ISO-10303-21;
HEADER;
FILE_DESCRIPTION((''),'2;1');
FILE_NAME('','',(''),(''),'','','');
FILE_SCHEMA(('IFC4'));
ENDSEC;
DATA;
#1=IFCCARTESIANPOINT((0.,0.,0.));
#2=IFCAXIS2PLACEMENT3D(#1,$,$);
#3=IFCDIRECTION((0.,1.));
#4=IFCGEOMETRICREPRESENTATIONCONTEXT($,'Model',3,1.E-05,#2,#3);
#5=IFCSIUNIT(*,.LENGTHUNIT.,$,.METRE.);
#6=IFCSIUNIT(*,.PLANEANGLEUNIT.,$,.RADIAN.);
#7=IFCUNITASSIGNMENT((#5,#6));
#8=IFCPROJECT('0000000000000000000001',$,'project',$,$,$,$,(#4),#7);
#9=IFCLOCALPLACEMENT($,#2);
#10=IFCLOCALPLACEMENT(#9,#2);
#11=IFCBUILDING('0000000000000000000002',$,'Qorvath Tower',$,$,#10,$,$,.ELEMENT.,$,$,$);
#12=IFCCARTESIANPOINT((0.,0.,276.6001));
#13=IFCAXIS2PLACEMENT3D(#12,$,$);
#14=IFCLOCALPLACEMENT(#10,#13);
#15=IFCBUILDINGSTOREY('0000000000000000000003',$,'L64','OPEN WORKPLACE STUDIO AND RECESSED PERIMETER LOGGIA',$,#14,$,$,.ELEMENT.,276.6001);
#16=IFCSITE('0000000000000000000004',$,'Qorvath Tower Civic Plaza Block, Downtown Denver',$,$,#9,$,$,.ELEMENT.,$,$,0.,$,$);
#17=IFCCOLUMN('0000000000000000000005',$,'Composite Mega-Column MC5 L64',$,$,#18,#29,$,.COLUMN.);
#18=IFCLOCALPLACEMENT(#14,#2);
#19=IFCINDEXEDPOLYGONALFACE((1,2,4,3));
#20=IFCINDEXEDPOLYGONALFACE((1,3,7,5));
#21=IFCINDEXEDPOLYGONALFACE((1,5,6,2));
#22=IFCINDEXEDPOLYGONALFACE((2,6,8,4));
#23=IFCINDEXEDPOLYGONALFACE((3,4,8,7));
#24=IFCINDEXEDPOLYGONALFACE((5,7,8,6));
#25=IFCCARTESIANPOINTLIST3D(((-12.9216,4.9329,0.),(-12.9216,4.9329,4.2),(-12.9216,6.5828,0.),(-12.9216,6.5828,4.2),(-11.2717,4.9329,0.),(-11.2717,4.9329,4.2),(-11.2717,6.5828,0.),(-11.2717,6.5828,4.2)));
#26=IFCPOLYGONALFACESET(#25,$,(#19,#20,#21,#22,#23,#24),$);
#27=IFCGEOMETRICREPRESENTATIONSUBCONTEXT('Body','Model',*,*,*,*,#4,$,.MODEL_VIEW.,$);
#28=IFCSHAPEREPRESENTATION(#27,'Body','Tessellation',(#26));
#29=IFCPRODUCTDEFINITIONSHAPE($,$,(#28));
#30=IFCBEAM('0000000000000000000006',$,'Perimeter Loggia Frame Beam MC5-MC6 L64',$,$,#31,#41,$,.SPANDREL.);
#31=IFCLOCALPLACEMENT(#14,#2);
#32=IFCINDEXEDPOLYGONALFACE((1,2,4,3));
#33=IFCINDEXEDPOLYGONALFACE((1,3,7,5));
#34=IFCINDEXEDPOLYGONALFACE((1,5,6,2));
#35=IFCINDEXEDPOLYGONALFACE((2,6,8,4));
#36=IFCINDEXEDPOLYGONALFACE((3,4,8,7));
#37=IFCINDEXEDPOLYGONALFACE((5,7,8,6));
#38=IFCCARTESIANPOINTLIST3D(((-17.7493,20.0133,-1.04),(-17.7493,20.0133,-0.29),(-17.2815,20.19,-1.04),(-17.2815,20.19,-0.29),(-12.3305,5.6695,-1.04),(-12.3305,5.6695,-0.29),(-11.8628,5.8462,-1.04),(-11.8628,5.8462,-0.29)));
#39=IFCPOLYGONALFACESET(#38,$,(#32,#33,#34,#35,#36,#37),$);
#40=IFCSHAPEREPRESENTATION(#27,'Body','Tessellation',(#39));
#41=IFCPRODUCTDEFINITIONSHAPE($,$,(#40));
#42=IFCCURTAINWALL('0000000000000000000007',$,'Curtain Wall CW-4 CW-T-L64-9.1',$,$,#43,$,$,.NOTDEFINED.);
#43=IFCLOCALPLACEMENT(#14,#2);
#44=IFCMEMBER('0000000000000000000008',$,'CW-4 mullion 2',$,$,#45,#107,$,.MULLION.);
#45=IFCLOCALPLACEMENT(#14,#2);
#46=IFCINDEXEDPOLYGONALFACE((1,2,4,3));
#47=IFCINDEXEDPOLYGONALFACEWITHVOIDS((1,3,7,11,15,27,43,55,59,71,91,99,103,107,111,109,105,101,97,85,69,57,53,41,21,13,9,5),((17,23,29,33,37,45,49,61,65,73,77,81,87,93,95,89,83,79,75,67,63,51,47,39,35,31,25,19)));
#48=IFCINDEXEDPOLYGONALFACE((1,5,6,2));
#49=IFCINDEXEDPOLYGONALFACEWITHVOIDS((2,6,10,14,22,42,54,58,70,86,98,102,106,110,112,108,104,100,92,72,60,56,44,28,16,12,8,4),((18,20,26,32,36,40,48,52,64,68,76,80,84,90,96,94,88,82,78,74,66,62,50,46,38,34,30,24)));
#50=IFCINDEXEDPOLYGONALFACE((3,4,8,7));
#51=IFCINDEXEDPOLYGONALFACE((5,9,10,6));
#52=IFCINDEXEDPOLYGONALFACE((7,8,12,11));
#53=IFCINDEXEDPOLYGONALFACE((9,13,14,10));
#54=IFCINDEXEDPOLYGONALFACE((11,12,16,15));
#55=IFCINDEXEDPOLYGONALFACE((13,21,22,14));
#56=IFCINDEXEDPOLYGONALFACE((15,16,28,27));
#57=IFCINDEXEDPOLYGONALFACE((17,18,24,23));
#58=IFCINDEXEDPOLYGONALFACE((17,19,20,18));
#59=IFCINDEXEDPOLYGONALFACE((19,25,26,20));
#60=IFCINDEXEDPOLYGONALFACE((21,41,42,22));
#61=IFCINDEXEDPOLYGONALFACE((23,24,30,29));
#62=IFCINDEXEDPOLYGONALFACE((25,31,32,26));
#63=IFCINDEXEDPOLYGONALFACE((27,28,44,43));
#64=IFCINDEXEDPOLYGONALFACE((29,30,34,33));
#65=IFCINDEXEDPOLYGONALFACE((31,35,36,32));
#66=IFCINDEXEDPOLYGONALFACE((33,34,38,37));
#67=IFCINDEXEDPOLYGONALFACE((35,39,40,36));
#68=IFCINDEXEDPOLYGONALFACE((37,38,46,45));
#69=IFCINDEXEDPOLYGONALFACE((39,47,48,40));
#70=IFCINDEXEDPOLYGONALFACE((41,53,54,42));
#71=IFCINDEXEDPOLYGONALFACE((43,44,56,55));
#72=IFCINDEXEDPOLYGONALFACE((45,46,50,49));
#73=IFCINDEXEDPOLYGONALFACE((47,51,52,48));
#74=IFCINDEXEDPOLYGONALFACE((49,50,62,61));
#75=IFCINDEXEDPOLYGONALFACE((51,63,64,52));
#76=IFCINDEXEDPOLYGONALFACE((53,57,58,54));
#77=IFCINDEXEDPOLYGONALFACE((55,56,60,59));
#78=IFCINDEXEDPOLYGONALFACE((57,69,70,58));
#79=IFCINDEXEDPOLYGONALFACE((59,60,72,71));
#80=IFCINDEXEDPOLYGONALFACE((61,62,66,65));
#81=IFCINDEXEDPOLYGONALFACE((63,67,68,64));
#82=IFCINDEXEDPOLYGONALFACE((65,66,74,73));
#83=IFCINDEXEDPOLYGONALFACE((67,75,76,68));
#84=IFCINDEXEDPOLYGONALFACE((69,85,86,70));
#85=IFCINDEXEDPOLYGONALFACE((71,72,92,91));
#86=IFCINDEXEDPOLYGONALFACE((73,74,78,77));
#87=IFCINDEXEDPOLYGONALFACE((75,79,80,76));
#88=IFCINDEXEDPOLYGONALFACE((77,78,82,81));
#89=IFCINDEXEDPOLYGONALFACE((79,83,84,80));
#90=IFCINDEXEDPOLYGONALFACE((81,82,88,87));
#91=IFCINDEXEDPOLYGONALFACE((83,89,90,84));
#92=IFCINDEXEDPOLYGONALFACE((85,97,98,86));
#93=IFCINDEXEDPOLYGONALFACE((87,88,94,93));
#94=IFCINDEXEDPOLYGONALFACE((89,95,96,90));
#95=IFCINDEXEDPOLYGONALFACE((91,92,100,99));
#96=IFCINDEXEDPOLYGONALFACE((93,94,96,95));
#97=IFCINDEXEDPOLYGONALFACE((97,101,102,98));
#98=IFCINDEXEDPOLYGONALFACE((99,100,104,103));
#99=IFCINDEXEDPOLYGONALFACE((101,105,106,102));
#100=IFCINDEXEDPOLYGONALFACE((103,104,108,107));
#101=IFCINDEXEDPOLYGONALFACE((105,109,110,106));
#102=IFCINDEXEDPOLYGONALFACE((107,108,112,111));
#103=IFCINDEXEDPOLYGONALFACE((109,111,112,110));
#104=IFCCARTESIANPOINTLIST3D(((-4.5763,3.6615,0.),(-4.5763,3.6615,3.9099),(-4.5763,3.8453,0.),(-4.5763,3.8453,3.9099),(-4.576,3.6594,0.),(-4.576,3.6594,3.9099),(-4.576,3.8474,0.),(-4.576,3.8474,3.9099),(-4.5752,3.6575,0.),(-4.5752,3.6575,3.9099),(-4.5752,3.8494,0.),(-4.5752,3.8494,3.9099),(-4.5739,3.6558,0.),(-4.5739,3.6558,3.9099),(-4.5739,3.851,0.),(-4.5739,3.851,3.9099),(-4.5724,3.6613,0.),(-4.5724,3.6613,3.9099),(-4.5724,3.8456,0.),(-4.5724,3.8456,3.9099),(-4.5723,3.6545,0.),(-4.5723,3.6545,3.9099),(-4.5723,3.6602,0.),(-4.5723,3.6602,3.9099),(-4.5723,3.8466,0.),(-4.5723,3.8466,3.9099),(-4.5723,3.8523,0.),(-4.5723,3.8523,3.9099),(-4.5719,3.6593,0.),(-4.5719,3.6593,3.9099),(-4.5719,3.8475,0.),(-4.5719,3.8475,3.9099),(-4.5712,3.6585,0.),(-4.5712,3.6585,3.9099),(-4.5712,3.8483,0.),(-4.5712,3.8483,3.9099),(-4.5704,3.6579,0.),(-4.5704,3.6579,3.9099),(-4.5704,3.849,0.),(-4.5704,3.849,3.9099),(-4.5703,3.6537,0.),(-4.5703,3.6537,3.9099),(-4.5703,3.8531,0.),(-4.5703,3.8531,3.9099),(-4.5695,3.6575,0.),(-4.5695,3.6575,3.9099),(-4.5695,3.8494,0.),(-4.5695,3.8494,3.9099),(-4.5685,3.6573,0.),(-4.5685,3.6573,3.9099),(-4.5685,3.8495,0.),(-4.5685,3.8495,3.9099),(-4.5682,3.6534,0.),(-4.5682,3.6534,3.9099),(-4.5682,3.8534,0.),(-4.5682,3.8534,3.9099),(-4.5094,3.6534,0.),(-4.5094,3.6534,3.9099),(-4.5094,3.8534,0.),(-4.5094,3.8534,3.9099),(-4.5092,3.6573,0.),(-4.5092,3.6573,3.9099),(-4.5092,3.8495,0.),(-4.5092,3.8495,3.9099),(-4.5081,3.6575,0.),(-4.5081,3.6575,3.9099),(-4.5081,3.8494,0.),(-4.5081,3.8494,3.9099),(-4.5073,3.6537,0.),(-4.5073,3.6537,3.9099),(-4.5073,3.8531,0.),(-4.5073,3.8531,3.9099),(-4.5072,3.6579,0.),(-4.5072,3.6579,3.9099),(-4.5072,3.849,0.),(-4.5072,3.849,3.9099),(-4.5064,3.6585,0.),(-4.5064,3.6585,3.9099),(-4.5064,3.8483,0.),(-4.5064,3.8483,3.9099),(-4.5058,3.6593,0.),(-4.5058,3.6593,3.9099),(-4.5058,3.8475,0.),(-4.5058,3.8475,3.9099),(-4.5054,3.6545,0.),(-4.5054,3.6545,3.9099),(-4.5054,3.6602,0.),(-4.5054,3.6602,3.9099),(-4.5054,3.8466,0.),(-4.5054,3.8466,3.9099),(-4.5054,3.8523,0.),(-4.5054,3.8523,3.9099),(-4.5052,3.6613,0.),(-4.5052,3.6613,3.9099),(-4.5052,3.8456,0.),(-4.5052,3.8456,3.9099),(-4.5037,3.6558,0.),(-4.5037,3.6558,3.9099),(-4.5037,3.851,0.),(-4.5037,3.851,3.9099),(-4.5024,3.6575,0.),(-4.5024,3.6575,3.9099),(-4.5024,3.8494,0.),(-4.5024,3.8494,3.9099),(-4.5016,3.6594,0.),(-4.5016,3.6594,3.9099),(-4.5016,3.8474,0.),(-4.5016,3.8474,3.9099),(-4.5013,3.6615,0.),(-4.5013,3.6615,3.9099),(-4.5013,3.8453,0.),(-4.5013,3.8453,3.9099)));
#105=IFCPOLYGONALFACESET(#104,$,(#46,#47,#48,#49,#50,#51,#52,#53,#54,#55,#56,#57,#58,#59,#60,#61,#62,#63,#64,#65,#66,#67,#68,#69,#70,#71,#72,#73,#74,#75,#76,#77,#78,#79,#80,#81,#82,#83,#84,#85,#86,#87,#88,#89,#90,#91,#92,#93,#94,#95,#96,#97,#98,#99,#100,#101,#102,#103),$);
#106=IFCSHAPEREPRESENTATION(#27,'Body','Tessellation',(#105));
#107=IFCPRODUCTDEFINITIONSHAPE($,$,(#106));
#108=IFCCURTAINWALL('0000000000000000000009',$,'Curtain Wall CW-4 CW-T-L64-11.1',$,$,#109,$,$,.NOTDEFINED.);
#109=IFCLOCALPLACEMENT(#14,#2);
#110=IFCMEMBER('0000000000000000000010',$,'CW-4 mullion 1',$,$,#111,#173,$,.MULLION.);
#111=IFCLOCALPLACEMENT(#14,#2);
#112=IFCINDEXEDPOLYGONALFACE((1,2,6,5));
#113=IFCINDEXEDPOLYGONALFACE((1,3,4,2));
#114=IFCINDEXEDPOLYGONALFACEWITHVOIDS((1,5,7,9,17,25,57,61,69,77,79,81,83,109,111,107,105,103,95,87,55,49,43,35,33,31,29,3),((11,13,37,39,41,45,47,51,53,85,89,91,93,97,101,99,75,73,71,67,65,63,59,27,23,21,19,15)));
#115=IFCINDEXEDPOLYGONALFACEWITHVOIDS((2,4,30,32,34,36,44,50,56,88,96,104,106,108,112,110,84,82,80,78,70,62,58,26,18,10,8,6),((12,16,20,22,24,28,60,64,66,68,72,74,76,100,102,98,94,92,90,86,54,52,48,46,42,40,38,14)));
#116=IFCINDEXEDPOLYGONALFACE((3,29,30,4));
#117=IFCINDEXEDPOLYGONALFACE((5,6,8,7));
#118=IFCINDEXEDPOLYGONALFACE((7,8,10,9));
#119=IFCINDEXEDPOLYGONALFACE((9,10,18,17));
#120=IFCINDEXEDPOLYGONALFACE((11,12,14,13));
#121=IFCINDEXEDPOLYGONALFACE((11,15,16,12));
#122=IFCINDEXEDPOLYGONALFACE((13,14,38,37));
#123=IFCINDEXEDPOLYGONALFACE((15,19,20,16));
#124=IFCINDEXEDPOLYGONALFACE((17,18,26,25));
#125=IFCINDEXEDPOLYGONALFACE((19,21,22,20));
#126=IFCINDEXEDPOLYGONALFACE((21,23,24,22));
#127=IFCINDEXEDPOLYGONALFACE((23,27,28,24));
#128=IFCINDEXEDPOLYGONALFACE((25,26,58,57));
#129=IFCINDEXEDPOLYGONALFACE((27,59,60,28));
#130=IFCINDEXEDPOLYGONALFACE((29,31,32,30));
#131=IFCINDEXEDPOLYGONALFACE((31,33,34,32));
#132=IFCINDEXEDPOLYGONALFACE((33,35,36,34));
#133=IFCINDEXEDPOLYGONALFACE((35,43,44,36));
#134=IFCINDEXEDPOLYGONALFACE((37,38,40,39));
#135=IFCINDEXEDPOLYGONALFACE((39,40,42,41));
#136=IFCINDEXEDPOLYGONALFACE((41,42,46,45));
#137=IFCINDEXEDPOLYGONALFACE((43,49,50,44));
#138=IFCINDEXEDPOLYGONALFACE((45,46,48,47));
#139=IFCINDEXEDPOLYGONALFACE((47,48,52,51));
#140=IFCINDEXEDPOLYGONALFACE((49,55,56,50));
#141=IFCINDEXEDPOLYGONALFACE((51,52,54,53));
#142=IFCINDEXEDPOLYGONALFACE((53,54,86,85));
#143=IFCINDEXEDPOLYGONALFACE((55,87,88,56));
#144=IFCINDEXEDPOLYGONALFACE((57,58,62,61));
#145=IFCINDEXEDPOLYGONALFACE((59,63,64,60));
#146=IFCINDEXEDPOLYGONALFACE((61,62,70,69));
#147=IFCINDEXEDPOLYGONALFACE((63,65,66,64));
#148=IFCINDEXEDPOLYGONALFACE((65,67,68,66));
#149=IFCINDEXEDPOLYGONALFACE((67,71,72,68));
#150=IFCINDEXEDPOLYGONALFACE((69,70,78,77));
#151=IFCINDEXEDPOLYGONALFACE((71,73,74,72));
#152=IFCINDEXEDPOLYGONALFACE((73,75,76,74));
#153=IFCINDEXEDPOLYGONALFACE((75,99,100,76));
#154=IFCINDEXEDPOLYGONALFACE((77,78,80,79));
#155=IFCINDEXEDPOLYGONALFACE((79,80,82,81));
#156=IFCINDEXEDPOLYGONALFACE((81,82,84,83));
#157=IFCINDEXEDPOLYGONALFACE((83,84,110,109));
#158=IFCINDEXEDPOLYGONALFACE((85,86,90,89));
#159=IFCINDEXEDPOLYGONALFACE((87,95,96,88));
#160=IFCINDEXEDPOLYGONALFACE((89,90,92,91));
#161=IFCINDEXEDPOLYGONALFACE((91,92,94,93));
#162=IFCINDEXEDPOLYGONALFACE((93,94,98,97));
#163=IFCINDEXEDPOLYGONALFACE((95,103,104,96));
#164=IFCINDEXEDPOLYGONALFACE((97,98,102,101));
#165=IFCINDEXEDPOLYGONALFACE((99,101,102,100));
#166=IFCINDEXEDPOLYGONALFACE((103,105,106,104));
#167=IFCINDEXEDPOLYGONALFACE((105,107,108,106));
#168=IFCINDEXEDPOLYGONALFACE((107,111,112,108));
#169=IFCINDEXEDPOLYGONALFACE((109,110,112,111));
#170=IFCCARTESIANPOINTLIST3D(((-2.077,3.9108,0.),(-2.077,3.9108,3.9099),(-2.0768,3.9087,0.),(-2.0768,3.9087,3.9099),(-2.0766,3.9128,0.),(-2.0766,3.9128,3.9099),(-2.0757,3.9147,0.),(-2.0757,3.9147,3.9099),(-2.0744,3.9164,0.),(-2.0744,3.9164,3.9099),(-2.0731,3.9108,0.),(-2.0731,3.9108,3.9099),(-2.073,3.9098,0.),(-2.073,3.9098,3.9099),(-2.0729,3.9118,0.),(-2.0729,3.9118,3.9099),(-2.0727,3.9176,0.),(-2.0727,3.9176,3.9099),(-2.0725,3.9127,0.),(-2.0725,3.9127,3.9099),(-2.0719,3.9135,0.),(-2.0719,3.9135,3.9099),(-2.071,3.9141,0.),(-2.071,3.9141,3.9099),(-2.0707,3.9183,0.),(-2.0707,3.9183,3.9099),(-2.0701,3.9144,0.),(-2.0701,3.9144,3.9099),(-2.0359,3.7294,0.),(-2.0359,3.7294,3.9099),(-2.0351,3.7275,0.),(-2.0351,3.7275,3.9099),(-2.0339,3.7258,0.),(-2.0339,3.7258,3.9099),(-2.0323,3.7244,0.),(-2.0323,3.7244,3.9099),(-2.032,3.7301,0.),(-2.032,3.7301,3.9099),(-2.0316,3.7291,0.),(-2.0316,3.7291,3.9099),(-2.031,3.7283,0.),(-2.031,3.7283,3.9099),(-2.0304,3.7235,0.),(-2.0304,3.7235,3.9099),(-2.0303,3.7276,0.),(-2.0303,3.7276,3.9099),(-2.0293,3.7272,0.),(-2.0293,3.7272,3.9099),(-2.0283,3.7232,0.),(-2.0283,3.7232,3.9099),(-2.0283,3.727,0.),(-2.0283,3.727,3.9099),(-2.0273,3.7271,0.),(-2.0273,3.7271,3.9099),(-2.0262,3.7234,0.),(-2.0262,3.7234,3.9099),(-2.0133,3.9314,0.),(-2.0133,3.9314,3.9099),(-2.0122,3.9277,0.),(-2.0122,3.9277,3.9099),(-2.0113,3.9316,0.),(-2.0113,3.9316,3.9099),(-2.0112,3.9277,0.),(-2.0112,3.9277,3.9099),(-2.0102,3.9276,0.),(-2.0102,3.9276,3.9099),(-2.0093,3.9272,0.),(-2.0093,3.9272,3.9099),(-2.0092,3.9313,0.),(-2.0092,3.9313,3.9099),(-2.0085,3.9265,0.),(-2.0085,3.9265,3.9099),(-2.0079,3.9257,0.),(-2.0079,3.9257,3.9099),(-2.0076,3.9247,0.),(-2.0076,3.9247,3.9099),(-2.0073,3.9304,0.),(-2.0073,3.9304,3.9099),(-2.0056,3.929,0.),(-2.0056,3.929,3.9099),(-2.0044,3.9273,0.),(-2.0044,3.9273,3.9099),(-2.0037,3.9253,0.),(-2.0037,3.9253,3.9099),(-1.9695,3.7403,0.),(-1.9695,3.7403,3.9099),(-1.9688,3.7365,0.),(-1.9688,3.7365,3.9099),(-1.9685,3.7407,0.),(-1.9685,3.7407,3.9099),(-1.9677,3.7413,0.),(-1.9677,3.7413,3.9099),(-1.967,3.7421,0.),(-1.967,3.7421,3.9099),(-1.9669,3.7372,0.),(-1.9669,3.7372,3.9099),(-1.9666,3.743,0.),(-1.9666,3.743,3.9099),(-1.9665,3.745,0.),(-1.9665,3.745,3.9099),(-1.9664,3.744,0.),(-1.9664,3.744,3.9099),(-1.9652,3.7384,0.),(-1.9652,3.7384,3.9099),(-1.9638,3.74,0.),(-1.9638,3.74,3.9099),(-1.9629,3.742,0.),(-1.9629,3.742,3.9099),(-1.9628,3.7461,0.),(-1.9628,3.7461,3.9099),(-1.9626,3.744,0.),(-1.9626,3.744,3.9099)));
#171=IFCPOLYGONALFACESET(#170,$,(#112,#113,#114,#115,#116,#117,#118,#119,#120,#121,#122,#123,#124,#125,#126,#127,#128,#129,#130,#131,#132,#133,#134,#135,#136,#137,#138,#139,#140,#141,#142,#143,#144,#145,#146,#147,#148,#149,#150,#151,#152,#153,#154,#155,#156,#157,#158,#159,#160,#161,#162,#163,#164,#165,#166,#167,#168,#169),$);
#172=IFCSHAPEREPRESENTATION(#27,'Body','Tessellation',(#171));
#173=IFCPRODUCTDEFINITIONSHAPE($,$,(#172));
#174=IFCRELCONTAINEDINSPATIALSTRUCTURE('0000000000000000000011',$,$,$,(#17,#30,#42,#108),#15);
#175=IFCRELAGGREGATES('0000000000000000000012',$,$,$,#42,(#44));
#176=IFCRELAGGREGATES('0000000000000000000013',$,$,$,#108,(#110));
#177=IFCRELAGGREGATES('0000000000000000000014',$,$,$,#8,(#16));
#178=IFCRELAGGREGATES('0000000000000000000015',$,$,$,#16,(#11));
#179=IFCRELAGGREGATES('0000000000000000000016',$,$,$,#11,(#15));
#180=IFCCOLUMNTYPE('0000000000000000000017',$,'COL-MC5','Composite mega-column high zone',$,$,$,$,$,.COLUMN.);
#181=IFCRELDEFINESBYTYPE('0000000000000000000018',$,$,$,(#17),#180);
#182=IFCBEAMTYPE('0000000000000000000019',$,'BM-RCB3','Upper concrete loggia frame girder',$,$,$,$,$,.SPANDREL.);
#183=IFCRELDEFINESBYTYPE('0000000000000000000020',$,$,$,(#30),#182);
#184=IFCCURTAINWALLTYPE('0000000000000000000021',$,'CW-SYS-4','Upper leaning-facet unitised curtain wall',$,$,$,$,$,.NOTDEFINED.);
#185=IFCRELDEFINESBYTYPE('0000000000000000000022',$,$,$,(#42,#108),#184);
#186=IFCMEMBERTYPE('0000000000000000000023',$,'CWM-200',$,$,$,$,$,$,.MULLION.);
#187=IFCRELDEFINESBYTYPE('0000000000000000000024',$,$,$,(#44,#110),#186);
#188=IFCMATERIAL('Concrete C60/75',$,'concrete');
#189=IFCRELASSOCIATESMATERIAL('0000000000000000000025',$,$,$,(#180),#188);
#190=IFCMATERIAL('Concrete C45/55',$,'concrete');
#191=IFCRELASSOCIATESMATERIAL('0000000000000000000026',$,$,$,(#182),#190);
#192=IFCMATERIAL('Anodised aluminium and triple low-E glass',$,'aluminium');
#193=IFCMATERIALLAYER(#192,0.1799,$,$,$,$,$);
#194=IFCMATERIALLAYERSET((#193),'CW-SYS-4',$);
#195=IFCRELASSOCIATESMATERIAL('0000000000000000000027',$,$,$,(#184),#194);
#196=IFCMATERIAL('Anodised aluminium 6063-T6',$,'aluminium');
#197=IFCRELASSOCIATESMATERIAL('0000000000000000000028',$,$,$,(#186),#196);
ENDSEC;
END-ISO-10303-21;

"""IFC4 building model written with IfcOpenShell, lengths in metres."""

from ifc_helpers import new_model, si_unit, direction, frame, origin, origin_2d, place, context, subcontext, project, spatial, rectangle, hollow_rectangle, extrude, material, layer, layer_set, material_profile, profile_set, type_object, element, aggregate, save


model = new_model("IFC4")

# Units and contexts
model_context = context("Model", 3, precision=1e-05, world=origin(), true_north=direction((0.0, 1.0)))
body_context = subcontext(model_context, "Body", "Model", "MODEL_VIEW")
ifc_project = project(units=[si_unit("LENGTHUNIT", "METRE"), si_unit("PLANEANGLEUNIT", "RADIAN")], contexts=[model_context])

# Site, building, storey
site_placement = place(None, origin())
site = spatial("IfcSite", under=ifc_project, at=site_placement, Name="Qorvath Tower Civic Plaza Block, Downtown Denver", CompositionType="ELEMENT", RefElevation=0.0)
building_placement = place(site_placement, origin())
building = spatial("IfcBuilding", under=site, at=building_placement, Name="Qorvath Tower", CompositionType="ELEMENT")
storey_placement = place(building_placement, frame((0.0, 0.0, 276.6001)))
storey = spatial("IfcBuildingStorey", under=building, at=storey_placement, Name="L64", Description="OPEN WORKPLACE STUDIO AND RECESSED PERIMETER LOGGIA", CompositionType="ELEMENT", Elevation=276.6001)

# Column
ifc_material_1 = material(Name="Concrete C60/75", Category="concrete")
ifc_material_profile_1 = material_profile(ifc_material_1, rectangle(XDim=1.6499, YDim=1.6499, at=origin_2d()), Name="MC 1650x1650")
ifc_profile_set_1 = profile_set([ifc_material_profile_1], Name="Concrete C60/75")
column_type = type_object("IfcColumnType", Name="COL-MC5", Description="Composite mega-column high zone", PredefinedType="COLUMN", material=ifc_profile_set_1)
column_placement = place(storey_placement, frame((-12.0967, 5.7578, 0.0), z_axis=(0.0, 0.0, 1.0), x_axis=(1.0, 0.0, 0.0)))
element("IfcColumn", 1, at=column_placement, inside=storey, type_object=column_type, Name="Composite Mega-Column MC5 L64", PredefinedType="COLUMN", context=body_context, shape_type="SweptSolid", body=[
    extrude(rectangle(XDim=1.6499, YDim=1.6499, at=origin_2d()), origin(), (0.0, 0.0, 1.0), 4.2),
])

# Beam
ifc_material_2 = material(Name="Concrete C45/55", Category="concrete")
ifc_material_profile_2 = material_profile(ifc_material_2, rectangle(XDim=0.5, YDim=0.75, at=origin_2d()), Name="RCB 750x500")
ifc_profile_set_2 = profile_set([ifc_material_profile_2], Name="Concrete C45/55")
beam_type = type_object("IfcBeamType", Name="BM-RCB3", Description="Upper concrete loggia frame girder", PredefinedType="SPANDREL", material=ifc_profile_set_2)
beam_placement = place(storey_placement, frame((-12.0967, 5.7578, -0.665), z_axis=(-0.353398, 0.935473, 0.0), x_axis=(-0.935473, -0.353398, 0.0)))
element("IfcBeam", 2, at=beam_placement, inside=storey, type_object=beam_type, Name="Perimeter Loggia Frame Beam MC5-MC6 L64", PredefinedType="SPANDREL", context=body_context, shape_type="SweptSolid", body=[
    extrude(rectangle(XDim=0.5, YDim=0.75, at=origin_2d()), origin(), (0.0, 0.0, 1.0), 15.3333),
])

# Curtain wall, member
ifc_material_3 = material(Name="Anodised aluminium and triple low-E glass", Category="aluminium")
ifc_layer_1 = layer(ifc_material_3, 0.1799)
ifc_layer_set_1 = layer_set([ifc_layer_1], Name="CW-SYS-4")
curtain_wall_type = type_object("IfcCurtainWallType", Name="CW-SYS-4", Description="Upper leaning-facet unitised curtain wall", PredefinedType="NOTDEFINED", material=ifc_layer_set_1)
curtain_wall_1_placement = place(storey_placement, origin())
curtain_wall_1 = element("IfcCurtainWall", 3, at=curtain_wall_1_placement, inside=storey, type_object=curtain_wall_type, Name="Curtain Wall CW-4 CW-T-L64-9.1", PredefinedType="NOTDEFINED")
ifc_material_4 = material(Name="Anodised aluminium 6063-T6", Category="aluminium")
ifc_material_profile_3 = material_profile(ifc_material_4, hollow_rectangle(XDim=0.075, YDim=0.2, WallThickness=0.0039, InnerFilletRadius=0.0039, OuterFilletRadius=0.0081, at=origin_2d()), Name="CWM 200x75")
ifc_profile_set_3 = profile_set([ifc_material_profile_3], Name="Anodised aluminium 6063-T6")
member_type_1 = type_object("IfcMemberType", Name="CWM-200", PredefinedType="MULLION", material=ifc_profile_set_3)
member_1_placement = place(storey_placement, frame((-4.5388, 3.7534, 0.0), z_axis=(0.0, 0.0, 1.0), x_axis=(-1.0, 0.0, 0.0)))
member_1 = element("IfcMember", 4, at=member_1_placement, type_object=member_type_1, Name="CW-4 mullion 2", PredefinedType="MULLION", context=body_context, shape_type="SweptSolid", body=[
    extrude(hollow_rectangle(XDim=0.075, YDim=0.2, WallThickness=0.0039, InnerFilletRadius=0.0039, OuterFilletRadius=0.0081, at=origin_2d()), origin(), (0.0, 0.0, 1.0), 3.9099),
])
aggregate(curtain_wall_1, [member_1])

# Curtain wall, member
curtain_wall_2_placement = place(storey_placement, origin())
curtain_wall_2 = element("IfcCurtainWall", 5, at=curtain_wall_2_placement, inside=storey, type_object=curtain_wall_type, Name="Curtain Wall CW-4 CW-T-L64-11.1", PredefinedType="NOTDEFINED")
member_2_placement = place(storey_placement, frame((-2.0198, 3.8274, 0.0), z_axis=(0.0, 0.0, 1.0), x_axis=(-0.974912, -0.222592, 0.0)))
member_2 = element("IfcMember", 6, at=member_2_placement, type_object=member_type_1, Name="CW-4 mullion 1", PredefinedType="MULLION", context=body_context, shape_type="SweptSolid", body=[
    extrude(hollow_rectangle(XDim=0.075, YDim=0.2, WallThickness=0.0039, InnerFilletRadius=0.0039, OuterFilletRadius=0.0081, at=origin_2d()), origin(), (0.0, 0.0, 1.0), 3.9099),
])
aggregate(curtain_wall_2, [member_2])

save(model, "model.ifc")
